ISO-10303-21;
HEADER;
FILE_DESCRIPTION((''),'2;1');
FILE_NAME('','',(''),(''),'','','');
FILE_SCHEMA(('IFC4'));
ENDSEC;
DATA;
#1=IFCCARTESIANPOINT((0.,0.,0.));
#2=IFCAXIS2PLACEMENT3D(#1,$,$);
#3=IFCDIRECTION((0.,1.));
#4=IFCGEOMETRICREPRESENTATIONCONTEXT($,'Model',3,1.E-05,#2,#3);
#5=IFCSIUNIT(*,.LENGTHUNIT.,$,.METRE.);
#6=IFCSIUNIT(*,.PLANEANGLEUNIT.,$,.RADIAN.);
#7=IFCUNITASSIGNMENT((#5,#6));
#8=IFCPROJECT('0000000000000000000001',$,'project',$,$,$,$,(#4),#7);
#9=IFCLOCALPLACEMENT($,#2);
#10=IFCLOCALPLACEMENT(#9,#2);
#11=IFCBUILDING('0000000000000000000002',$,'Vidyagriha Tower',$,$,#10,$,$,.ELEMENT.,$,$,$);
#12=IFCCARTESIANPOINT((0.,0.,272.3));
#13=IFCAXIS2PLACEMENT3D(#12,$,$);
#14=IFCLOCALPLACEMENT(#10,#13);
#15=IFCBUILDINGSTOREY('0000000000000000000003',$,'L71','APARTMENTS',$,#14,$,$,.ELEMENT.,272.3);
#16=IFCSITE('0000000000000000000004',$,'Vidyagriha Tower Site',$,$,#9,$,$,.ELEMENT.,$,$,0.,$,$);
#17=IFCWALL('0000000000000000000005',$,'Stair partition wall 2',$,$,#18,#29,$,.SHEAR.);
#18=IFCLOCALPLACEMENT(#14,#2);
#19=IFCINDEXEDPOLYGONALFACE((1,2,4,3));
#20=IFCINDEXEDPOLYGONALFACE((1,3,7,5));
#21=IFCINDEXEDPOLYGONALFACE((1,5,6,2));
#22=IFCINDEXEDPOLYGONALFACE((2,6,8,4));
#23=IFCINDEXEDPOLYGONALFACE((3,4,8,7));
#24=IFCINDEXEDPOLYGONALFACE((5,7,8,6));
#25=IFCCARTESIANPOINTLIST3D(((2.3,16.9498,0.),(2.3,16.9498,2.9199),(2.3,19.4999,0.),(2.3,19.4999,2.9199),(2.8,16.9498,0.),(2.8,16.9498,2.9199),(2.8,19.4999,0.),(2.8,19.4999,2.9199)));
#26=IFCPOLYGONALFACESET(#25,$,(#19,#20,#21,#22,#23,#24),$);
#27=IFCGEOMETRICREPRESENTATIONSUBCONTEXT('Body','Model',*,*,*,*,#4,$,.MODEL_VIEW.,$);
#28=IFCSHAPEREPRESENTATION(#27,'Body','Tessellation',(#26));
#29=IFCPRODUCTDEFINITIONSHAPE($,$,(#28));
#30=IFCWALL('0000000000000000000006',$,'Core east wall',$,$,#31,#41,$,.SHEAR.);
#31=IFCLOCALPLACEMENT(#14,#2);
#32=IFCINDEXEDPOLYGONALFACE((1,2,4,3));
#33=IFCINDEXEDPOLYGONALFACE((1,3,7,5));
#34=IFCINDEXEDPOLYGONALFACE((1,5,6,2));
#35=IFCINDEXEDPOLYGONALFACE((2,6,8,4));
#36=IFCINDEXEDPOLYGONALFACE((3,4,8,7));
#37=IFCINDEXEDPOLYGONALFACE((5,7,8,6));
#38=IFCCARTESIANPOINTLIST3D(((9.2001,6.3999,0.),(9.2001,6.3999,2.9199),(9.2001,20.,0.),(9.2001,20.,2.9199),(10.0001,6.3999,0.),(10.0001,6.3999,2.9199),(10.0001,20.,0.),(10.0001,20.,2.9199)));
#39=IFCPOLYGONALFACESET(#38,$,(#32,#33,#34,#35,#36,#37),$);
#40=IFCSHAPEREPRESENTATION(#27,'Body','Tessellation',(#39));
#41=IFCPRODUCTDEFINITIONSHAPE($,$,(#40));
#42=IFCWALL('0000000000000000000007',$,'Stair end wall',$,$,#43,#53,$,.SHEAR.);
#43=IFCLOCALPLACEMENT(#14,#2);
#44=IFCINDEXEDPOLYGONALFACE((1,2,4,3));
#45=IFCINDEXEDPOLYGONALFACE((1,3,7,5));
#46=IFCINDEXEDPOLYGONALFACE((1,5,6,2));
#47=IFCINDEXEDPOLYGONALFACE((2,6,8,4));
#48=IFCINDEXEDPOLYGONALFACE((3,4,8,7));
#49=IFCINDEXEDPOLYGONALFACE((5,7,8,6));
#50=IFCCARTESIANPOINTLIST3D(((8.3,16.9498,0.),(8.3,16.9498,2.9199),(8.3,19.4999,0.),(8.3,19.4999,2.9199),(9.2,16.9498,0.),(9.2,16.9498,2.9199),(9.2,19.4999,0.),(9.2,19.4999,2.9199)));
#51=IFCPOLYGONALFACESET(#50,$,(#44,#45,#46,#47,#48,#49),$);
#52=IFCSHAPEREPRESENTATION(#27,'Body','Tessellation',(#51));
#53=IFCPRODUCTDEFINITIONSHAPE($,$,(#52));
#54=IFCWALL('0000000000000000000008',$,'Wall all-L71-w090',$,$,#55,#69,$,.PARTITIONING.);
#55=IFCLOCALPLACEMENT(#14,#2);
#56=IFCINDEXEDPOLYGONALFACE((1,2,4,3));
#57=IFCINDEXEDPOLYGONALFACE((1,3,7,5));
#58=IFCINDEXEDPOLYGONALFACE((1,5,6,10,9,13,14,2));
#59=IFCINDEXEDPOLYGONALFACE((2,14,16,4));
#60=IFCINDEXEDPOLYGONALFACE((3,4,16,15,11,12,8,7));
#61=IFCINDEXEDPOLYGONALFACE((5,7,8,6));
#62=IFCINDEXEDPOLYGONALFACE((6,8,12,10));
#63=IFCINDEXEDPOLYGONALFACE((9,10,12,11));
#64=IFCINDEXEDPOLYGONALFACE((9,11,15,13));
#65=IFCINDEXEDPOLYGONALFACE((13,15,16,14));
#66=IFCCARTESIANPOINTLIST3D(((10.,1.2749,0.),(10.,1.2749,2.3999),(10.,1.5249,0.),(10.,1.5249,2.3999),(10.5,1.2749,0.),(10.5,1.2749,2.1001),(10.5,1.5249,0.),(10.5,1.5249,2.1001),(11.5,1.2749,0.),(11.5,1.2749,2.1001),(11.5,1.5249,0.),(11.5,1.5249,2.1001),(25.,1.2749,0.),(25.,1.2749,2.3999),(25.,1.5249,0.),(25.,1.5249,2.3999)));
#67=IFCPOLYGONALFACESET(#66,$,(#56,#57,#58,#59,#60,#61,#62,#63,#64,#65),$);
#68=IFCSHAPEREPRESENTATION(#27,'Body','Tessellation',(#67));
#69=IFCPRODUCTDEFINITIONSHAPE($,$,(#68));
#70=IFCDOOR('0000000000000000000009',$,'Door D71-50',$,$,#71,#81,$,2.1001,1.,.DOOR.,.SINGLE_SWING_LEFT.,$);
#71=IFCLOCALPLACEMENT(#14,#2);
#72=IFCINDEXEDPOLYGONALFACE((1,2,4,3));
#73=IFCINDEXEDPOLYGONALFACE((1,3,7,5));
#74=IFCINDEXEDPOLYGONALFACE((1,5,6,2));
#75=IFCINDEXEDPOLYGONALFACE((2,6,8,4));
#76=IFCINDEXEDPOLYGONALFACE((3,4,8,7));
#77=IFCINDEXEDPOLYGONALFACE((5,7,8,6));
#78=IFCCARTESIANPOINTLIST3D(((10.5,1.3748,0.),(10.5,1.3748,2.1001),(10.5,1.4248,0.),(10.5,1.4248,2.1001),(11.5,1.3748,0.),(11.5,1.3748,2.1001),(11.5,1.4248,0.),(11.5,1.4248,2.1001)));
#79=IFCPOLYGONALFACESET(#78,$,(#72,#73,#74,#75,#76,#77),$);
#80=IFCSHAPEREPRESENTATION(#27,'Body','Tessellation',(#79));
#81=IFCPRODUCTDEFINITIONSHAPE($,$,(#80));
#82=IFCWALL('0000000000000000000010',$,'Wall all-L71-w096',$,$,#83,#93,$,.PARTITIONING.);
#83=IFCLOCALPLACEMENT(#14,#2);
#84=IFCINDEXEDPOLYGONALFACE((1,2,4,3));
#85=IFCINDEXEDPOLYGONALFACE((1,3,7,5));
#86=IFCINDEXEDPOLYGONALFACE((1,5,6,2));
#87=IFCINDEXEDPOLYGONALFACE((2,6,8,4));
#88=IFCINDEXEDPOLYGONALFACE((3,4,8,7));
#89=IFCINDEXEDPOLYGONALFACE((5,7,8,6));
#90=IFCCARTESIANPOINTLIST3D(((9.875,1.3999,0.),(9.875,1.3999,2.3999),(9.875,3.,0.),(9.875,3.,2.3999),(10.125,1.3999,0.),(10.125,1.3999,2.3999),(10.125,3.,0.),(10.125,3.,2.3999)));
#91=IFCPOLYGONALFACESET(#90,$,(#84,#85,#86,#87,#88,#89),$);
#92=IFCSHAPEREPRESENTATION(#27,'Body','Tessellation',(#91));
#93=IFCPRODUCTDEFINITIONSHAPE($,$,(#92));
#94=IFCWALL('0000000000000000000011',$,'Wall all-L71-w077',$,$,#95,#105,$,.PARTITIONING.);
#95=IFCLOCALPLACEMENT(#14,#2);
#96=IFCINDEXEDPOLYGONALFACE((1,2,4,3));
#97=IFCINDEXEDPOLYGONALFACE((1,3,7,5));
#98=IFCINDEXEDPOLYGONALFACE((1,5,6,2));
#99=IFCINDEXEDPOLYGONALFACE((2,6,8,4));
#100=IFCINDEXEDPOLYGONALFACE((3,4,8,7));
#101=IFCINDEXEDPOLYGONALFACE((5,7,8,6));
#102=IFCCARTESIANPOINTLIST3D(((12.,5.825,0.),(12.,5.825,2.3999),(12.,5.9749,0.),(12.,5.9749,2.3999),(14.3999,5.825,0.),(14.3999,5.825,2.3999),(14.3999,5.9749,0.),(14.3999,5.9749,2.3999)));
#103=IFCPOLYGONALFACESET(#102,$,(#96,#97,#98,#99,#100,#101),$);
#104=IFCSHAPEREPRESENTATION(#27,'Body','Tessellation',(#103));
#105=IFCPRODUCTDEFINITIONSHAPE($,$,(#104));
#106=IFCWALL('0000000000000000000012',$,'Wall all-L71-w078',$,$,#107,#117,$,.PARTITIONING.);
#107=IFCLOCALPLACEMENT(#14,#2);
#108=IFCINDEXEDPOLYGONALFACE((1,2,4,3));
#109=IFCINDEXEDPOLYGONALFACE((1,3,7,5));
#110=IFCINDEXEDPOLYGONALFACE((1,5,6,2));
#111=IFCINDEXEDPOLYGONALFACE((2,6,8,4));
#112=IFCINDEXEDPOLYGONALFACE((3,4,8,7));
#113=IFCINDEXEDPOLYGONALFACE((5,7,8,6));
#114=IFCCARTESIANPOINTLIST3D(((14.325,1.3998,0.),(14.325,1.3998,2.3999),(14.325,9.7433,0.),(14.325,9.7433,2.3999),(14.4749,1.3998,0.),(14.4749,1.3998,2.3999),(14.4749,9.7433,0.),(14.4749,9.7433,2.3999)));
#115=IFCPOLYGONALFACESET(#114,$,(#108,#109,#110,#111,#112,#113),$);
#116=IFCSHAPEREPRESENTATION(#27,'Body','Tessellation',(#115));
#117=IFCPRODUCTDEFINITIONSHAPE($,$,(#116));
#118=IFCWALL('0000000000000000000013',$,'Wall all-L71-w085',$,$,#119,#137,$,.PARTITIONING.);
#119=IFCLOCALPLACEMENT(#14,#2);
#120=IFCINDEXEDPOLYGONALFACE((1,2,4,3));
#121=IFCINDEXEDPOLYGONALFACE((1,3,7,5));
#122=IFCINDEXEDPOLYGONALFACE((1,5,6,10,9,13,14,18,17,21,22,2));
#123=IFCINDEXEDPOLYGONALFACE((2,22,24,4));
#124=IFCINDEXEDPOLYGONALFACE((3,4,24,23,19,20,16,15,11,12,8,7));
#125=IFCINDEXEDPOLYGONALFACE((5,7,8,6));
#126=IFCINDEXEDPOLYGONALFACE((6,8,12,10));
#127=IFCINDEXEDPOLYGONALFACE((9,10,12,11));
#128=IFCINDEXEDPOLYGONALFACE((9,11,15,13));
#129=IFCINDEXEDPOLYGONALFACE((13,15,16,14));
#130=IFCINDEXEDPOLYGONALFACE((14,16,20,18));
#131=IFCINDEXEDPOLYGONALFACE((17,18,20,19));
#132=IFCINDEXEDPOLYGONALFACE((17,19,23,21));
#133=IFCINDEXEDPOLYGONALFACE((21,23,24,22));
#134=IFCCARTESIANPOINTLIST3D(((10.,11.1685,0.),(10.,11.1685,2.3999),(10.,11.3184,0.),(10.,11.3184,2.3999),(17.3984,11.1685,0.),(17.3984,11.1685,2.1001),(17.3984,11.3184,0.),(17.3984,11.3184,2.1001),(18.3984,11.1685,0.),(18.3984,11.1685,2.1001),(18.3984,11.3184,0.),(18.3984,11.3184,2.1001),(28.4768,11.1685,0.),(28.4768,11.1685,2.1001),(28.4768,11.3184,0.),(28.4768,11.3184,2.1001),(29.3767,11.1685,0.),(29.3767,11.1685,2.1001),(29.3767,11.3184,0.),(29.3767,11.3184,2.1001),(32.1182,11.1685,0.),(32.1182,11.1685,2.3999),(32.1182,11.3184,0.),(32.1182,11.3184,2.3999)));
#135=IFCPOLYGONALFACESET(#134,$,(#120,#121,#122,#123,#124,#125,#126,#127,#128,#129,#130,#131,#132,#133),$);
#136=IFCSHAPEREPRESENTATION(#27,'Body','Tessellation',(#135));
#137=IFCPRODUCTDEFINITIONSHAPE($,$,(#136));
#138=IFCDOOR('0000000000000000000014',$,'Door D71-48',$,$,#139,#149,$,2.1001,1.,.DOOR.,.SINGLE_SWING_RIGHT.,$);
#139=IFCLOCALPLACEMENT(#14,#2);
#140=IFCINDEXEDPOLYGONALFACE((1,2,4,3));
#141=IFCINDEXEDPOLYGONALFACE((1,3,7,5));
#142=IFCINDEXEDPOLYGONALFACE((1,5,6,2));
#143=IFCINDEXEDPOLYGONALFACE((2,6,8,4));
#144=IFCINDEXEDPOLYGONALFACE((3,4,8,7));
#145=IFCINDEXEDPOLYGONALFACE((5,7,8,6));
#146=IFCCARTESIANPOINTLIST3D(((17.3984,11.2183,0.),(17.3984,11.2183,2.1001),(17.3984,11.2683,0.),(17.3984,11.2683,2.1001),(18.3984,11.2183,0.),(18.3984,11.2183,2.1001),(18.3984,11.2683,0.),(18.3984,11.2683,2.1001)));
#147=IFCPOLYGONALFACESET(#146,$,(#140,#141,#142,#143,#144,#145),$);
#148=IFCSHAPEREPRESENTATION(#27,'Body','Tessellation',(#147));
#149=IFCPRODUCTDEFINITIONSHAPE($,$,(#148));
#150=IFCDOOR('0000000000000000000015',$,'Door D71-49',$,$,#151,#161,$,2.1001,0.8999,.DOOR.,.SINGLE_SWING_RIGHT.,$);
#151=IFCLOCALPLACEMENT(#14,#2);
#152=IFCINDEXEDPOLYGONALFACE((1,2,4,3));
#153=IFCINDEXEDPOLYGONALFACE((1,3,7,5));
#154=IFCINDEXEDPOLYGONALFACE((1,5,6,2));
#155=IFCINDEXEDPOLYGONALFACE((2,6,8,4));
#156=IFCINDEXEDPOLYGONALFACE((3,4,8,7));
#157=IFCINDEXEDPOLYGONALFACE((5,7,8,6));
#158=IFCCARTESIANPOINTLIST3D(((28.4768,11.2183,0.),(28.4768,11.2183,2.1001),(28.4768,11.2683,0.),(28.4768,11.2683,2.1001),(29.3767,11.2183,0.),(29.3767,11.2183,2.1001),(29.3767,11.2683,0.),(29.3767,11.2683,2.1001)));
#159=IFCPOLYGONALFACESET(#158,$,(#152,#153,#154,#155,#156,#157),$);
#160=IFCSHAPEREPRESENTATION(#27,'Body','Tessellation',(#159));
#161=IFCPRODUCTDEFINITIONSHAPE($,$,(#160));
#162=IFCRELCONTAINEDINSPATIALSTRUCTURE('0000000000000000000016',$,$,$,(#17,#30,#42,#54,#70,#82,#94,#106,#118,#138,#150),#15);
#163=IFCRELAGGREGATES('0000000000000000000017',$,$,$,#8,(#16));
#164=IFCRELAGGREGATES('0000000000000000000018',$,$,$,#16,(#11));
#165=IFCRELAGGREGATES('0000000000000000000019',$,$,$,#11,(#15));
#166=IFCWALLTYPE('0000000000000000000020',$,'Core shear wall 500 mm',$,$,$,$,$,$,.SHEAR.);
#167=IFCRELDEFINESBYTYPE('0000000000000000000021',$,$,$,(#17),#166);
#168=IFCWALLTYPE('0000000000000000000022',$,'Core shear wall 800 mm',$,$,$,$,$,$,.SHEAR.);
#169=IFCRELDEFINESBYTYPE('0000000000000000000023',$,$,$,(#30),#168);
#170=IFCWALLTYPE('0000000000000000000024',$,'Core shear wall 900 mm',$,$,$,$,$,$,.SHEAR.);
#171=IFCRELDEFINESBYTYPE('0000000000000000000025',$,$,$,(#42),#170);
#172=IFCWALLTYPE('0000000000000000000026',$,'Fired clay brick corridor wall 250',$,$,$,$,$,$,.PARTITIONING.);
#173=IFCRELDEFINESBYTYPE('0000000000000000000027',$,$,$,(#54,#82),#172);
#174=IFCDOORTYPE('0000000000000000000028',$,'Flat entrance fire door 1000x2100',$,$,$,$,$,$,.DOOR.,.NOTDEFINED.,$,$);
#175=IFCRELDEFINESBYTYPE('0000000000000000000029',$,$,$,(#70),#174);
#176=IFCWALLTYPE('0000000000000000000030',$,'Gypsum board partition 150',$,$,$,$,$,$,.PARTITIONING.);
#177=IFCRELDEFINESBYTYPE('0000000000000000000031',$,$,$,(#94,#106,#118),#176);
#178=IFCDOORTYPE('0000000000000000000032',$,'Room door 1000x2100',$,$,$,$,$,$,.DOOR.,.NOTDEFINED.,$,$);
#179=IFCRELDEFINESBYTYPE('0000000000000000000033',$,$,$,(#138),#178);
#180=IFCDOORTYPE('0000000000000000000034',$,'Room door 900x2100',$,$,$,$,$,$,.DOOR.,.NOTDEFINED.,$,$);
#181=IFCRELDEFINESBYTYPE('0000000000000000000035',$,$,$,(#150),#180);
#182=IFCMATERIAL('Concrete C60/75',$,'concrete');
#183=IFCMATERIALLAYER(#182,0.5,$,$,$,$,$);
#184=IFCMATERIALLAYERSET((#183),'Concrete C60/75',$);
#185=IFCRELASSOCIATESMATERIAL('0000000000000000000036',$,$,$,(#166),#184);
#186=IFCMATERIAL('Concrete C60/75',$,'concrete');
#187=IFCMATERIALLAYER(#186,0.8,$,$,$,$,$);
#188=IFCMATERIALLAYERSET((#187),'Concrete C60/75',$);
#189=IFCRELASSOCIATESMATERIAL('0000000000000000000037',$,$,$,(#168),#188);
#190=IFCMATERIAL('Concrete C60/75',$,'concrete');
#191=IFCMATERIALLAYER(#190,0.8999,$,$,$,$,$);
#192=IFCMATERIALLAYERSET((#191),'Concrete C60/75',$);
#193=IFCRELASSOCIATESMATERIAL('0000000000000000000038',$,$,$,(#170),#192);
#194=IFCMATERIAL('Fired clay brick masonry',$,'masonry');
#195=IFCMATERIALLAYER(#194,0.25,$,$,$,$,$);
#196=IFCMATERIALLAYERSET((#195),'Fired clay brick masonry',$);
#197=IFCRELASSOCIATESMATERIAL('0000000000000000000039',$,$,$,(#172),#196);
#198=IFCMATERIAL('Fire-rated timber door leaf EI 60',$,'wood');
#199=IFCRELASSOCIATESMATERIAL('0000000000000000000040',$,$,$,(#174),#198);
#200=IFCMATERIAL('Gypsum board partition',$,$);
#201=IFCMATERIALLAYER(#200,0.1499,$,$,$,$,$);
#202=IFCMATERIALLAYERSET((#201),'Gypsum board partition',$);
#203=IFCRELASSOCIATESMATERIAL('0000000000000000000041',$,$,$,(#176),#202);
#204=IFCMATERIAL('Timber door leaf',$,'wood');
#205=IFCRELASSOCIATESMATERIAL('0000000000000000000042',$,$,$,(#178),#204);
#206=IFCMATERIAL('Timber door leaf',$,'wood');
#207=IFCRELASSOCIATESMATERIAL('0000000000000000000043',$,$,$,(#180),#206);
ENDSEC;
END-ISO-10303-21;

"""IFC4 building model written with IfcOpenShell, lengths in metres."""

from ifc_helpers import new_model, si_unit, direction, frame, frame_2d, origin, place, context, subcontext, project, spatial, rectangle, extrude, material, layer, layer_set, type_object, element, fill, save


model = new_model("IFC4")

# Units and contexts
model_context = context("Model", 3, precision=1e-05, world=origin(), true_north=direction((0.0, 1.0)))
body_context = subcontext(model_context, "Body", "Model", "MODEL_VIEW")
ifc_project = project(units=[si_unit("LENGTHUNIT", "METRE"), si_unit("PLANEANGLEUNIT", "RADIAN")], contexts=[model_context])

# Site, building, storey
site_placement = place(None, origin())
site = spatial("IfcSite", under=ifc_project, at=site_placement, Name="Vidyagriha Tower Site", CompositionType="ELEMENT", RefElevation=0.0)
building_placement = place(site_placement, origin())
building = spatial("IfcBuilding", under=site, at=building_placement, Name="Vidyagriha Tower", CompositionType="ELEMENT")
storey_placement = place(building_placement, frame((0.0, 0.0, 272.3)))
storey = spatial("IfcBuildingStorey", under=building, at=storey_placement, Name="L71", Description="APARTMENTS", CompositionType="ELEMENT", Elevation=272.3)

# Walls
ifc_material_1 = material(Name="Concrete C60/75", Category="concrete")
ifc_layer_1 = layer(ifc_material_1, 0.5)
ifc_layer_set_1 = layer_set([ifc_layer_1], Name="Concrete C60/75")
wall_type_1 = type_object("IfcWallType", Name="Core shear wall 500 mm", PredefinedType="SHEAR", material=ifc_layer_set_1)
wall_1_placement = place(storey_placement, frame((2.55, 16.95, 0.0), z_axis=(0.0, 0.0, 1.0), x_axis=(0.0, 1.0, 0.0)))
element("IfcWall", 1, at=wall_1_placement, inside=storey, type_object=wall_type_1, Name="Stair partition wall 2", PredefinedType="SHEAR", context=body_context, shape_type="SweptSolid", body=[
    extrude(rectangle(XDim=2.55, YDim=0.5, at=frame_2d((1.2749, 0.0))), origin(), (0.0, 0.0, 1.0), 2.9199),
])
ifc_material_2 = material(Name="Concrete C60/75", Category="concrete")
ifc_layer_2 = layer(ifc_material_2, 0.8)
ifc_layer_set_2 = layer_set([ifc_layer_2], Name="Concrete C60/75")
wall_type_2 = type_object("IfcWallType", Name="Core shear wall 800 mm", PredefinedType="SHEAR", material=ifc_layer_set_2)
wall_2_placement = place(storey_placement, frame((9.6001, 6.3999, 0.0), z_axis=(0.0, 0.0, 1.0), x_axis=(0.0, 1.0, 0.0)))
element("IfcWall", 2, at=wall_2_placement, inside=storey, type_object=wall_type_2, Name="Core east wall", PredefinedType="SHEAR", context=body_context, shape_type="SweptSolid", body=[
    extrude(rectangle(XDim=13.6001, YDim=0.8, at=frame_2d((6.8, 0.0))), origin(), (0.0, 0.0, 1.0), 2.9199),
])
ifc_material_3 = material(Name="Concrete C60/75", Category="concrete")
ifc_layer_3 = layer(ifc_material_3, 0.8999)
ifc_layer_set_3 = layer_set([ifc_layer_3], Name="Concrete C60/75")
wall_type_3 = type_object("IfcWallType", Name="Core shear wall 900 mm", PredefinedType="SHEAR", material=ifc_layer_set_3)
wall_3_placement = place(storey_placement, frame((8.75, 16.95, 0.0), z_axis=(0.0, 0.0, 1.0), x_axis=(0.0, 1.0, 0.0)))
element("IfcWall", 3, at=wall_3_placement, inside=storey, type_object=wall_type_3, Name="Stair end wall", PredefinedType="SHEAR", context=body_context, shape_type="SweptSolid", body=[
    extrude(rectangle(XDim=2.55, YDim=0.8999, at=frame_2d((1.2749, 0.0))), origin(), (0.0, 0.0, 1.0), 2.9199),
])

# Wall, opening, door
ifc_material_4 = material(Name="Fired clay brick masonry", Category="masonry")
ifc_layer_4 = layer(ifc_material_4, 0.25)
ifc_layer_set_4 = layer_set([ifc_layer_4], Name="Fired clay brick masonry")
wall_type_4 = type_object("IfcWallType", Name="Fired clay brick corridor wall 250", PredefinedType="PARTITIONING", material=ifc_layer_set_4)
wall_4_placement = place(storey_placement, frame((10.0, 1.3999, 0.0)))
wall_4 = element("IfcWall", 4, at=wall_4_placement, inside=storey, type_object=wall_type_4, Name="Wall all-L71-w090", PredefinedType="PARTITIONING", context=body_context, shape_type="SweptSolid", body=[
    extrude(rectangle(XDim=15.0, YDim=0.25, at=frame_2d((7.5, 0.0))), origin(), (0.0, 0.0, 1.0), 2.3999),
])
opening_1_placement = place(wall_4_placement, frame((0.5, 0.0, 0.0)))
opening_1 = element("IfcOpeningElement", 5, at=opening_1_placement, cuts=wall_4, PredefinedType="OPENING", context=body_context, shape_type="SweptSolid", body=[
    extrude(rectangle(XDim=1.0, YDim=2.1001, at=frame_2d((0.5, 1.05))), frame((0.0, 0.135, 0.0), z_axis=(0.0, -1.0, 0.0), x_axis=(1.0, 0.0, 0.0)), (0.0, 0.0, 1.0), 0.27),
])
ifc_material_5 = material(Name="Fire-rated timber door leaf EI 60", Category="wood")
door_type_1 = type_object("IfcDoorType", Name="Flat entrance fire door 1000x2100", OperationType="NOTDEFINED", PredefinedType="DOOR", material=ifc_material_5)
door_1_placement = place(opening_1_placement, origin())
door_1 = element("IfcDoor", 6, at=door_1_placement, inside=storey, type_object=door_type_1, Name="Door D71-50", OperationType="SINGLE_SWING_LEFT", OverallHeight=2.1001, OverallWidth=1.0, PredefinedType="DOOR", context=body_context, shape_type="SweptSolid", body=[
    extrude(rectangle(XDim=1.0, YDim=2.1001, at=frame_2d((0.5, 1.05))), frame((0.0, 0.0249, 0.0), z_axis=(0.0, -1.0, 0.0), x_axis=(1.0, 0.0, 0.0)), (0.0, 0.0, 1.0), 0.05),
])
fill(opening_1, door_1)

# Walls
wall_5_placement = place(storey_placement, frame((10.0, 1.3999, 0.0), z_axis=(0.0, 0.0, 1.0), x_axis=(0.0, 1.0, 0.0)))
element("IfcWall", 7, at=wall_5_placement, inside=storey, type_object=wall_type_4, Name="Wall all-L71-w096", PredefinedType="PARTITIONING", context=body_context, shape_type="SweptSolid", body=[
    extrude(rectangle(XDim=1.6001, YDim=0.25, at=frame_2d((0.8, 0.0))), origin(), (0.0, 0.0, 1.0), 2.3999),
])
ifc_material_6 = material(Name="Gypsum board partition")
ifc_layer_5 = layer(ifc_material_6, 0.1499)
ifc_layer_set_5 = layer_set([ifc_layer_5], Name="Gypsum board partition")
wall_type_5 = type_object("IfcWallType", Name="Gypsum board partition 150", PredefinedType="PARTITIONING", material=ifc_layer_set_5)
wall_6_placement = place(storey_placement, frame((12.0, 5.8999, 0.0)))
element("IfcWall", 8, at=wall_6_placement, inside=storey, type_object=wall_type_5, Name="Wall all-L71-w077", PredefinedType="PARTITIONING", context=body_context, shape_type="SweptSolid", body=[
    extrude(rectangle(XDim=2.3999, YDim=0.1499, at=frame_2d((1.2, 0.0))), origin(), (0.0, 0.0, 1.0), 2.3999),
])
wall_7_placement = place(storey_placement, frame((14.3999, 9.7434, 0.0), z_axis=(0.0, 0.0, 1.0), x_axis=(0.0, -1.0, 0.0)))
element("IfcWall", 9, at=wall_7_placement, inside=storey, type_object=wall_type_5, Name="Wall all-L71-w078", PredefinedType="PARTITIONING", context=body_context, shape_type="SweptSolid", body=[
    extrude(rectangle(XDim=8.3435, YDim=0.1499, at=frame_2d((4.1719, 0.0))), origin(), (0.0, 0.0, 1.0), 2.3999),
])

# Wall, openings, doors
wall_8_placement = place(storey_placement, frame((10.0, 11.2434, 0.0)))
wall_8 = element("IfcWall", 10, at=wall_8_placement, inside=storey, type_object=wall_type_5, Name="Wall all-L71-w085", PredefinedType="PARTITIONING", context=body_context, shape_type="SweptSolid", body=[
    extrude(rectangle(XDim=22.1182, YDim=0.1499, at=frame_2d((11.0591, 0.0))), origin(), (0.0, 0.0, 1.0), 2.3999),
])
opening_2_placement = place(wall_8_placement, frame((7.3984, 0.0, 0.0)))
opening_2 = element("IfcOpeningElement", 11, at=opening_2_placement, cuts=wall_8, PredefinedType="OPENING", context=body_context, shape_type="SweptSolid", body=[
    extrude(rectangle(XDim=1.0, YDim=2.1001, at=frame_2d((0.5, 1.05))), frame((0.0, 0.085, 0.0), z_axis=(0.0, -1.0, 0.0), x_axis=(1.0, 0.0, 0.0)), (0.0, 0.0, 1.0), 0.1699),
])
opening_3_placement = place(wall_8_placement, frame((18.4768, 0.0, 0.0)))
opening_3 = element("IfcOpeningElement", 12, at=opening_3_placement, cuts=wall_8, PredefinedType="OPENING", context=body_context, shape_type="SweptSolid", body=[
    extrude(rectangle(XDim=0.8999, YDim=2.1001, at=frame_2d((0.45, 1.05))), frame((0.0, 0.085, 0.0), z_axis=(0.0, -1.0, 0.0), x_axis=(1.0, 0.0, 0.0)), (0.0, 0.0, 1.0), 0.1699),
])
ifc_material_7 = material(Name="Timber door leaf", Category="wood")
door_type_2 = type_object("IfcDoorType", Name="Room door 1000x2100", OperationType="NOTDEFINED", PredefinedType="DOOR", material=ifc_material_7)
door_2_placement = place(opening_2_placement, origin())
door_2 = element("IfcDoor", 13, at=door_2_placement, inside=storey, type_object=door_type_2, Name="Door D71-48", OperationType="SINGLE_SWING_RIGHT", OverallHeight=2.1001, OverallWidth=1.0, PredefinedType="DOOR", context=body_context, shape_type="SweptSolid", body=[
    extrude(rectangle(XDim=1.0, YDim=2.1001, at=frame_2d((0.5, 1.05))), frame((0.0, 0.0249, 0.0), z_axis=(0.0, -1.0, 0.0), x_axis=(1.0, 0.0, 0.0)), (0.0, 0.0, 1.0), 0.05),
])
fill(opening_2, door_2)
ifc_material_8 = material(Name="Timber door leaf", Category="wood")
door_type_3 = type_object("IfcDoorType", Name="Room door 900x2100", OperationType="NOTDEFINED", PredefinedType="DOOR", material=ifc_material_8)
door_3_placement = place(opening_3_placement, origin())
door_3 = element("IfcDoor", 14, at=door_3_placement, inside=storey, type_object=door_type_3, Name="Door D71-49", OperationType="SINGLE_SWING_RIGHT", OverallHeight=2.1001, OverallWidth=0.8999, PredefinedType="DOOR", context=body_context, shape_type="SweptSolid", body=[
    extrude(rectangle(XDim=0.8999, YDim=2.1001, at=frame_2d((0.45, 1.05))), frame((0.0, 0.0249, 0.0), z_axis=(0.0, -1.0, 0.0), x_axis=(1.0, 0.0, 0.0)), (0.0, 0.0, 1.0), 0.05),
])
fill(opening_3, door_3)

save(model, "model.ifc")
